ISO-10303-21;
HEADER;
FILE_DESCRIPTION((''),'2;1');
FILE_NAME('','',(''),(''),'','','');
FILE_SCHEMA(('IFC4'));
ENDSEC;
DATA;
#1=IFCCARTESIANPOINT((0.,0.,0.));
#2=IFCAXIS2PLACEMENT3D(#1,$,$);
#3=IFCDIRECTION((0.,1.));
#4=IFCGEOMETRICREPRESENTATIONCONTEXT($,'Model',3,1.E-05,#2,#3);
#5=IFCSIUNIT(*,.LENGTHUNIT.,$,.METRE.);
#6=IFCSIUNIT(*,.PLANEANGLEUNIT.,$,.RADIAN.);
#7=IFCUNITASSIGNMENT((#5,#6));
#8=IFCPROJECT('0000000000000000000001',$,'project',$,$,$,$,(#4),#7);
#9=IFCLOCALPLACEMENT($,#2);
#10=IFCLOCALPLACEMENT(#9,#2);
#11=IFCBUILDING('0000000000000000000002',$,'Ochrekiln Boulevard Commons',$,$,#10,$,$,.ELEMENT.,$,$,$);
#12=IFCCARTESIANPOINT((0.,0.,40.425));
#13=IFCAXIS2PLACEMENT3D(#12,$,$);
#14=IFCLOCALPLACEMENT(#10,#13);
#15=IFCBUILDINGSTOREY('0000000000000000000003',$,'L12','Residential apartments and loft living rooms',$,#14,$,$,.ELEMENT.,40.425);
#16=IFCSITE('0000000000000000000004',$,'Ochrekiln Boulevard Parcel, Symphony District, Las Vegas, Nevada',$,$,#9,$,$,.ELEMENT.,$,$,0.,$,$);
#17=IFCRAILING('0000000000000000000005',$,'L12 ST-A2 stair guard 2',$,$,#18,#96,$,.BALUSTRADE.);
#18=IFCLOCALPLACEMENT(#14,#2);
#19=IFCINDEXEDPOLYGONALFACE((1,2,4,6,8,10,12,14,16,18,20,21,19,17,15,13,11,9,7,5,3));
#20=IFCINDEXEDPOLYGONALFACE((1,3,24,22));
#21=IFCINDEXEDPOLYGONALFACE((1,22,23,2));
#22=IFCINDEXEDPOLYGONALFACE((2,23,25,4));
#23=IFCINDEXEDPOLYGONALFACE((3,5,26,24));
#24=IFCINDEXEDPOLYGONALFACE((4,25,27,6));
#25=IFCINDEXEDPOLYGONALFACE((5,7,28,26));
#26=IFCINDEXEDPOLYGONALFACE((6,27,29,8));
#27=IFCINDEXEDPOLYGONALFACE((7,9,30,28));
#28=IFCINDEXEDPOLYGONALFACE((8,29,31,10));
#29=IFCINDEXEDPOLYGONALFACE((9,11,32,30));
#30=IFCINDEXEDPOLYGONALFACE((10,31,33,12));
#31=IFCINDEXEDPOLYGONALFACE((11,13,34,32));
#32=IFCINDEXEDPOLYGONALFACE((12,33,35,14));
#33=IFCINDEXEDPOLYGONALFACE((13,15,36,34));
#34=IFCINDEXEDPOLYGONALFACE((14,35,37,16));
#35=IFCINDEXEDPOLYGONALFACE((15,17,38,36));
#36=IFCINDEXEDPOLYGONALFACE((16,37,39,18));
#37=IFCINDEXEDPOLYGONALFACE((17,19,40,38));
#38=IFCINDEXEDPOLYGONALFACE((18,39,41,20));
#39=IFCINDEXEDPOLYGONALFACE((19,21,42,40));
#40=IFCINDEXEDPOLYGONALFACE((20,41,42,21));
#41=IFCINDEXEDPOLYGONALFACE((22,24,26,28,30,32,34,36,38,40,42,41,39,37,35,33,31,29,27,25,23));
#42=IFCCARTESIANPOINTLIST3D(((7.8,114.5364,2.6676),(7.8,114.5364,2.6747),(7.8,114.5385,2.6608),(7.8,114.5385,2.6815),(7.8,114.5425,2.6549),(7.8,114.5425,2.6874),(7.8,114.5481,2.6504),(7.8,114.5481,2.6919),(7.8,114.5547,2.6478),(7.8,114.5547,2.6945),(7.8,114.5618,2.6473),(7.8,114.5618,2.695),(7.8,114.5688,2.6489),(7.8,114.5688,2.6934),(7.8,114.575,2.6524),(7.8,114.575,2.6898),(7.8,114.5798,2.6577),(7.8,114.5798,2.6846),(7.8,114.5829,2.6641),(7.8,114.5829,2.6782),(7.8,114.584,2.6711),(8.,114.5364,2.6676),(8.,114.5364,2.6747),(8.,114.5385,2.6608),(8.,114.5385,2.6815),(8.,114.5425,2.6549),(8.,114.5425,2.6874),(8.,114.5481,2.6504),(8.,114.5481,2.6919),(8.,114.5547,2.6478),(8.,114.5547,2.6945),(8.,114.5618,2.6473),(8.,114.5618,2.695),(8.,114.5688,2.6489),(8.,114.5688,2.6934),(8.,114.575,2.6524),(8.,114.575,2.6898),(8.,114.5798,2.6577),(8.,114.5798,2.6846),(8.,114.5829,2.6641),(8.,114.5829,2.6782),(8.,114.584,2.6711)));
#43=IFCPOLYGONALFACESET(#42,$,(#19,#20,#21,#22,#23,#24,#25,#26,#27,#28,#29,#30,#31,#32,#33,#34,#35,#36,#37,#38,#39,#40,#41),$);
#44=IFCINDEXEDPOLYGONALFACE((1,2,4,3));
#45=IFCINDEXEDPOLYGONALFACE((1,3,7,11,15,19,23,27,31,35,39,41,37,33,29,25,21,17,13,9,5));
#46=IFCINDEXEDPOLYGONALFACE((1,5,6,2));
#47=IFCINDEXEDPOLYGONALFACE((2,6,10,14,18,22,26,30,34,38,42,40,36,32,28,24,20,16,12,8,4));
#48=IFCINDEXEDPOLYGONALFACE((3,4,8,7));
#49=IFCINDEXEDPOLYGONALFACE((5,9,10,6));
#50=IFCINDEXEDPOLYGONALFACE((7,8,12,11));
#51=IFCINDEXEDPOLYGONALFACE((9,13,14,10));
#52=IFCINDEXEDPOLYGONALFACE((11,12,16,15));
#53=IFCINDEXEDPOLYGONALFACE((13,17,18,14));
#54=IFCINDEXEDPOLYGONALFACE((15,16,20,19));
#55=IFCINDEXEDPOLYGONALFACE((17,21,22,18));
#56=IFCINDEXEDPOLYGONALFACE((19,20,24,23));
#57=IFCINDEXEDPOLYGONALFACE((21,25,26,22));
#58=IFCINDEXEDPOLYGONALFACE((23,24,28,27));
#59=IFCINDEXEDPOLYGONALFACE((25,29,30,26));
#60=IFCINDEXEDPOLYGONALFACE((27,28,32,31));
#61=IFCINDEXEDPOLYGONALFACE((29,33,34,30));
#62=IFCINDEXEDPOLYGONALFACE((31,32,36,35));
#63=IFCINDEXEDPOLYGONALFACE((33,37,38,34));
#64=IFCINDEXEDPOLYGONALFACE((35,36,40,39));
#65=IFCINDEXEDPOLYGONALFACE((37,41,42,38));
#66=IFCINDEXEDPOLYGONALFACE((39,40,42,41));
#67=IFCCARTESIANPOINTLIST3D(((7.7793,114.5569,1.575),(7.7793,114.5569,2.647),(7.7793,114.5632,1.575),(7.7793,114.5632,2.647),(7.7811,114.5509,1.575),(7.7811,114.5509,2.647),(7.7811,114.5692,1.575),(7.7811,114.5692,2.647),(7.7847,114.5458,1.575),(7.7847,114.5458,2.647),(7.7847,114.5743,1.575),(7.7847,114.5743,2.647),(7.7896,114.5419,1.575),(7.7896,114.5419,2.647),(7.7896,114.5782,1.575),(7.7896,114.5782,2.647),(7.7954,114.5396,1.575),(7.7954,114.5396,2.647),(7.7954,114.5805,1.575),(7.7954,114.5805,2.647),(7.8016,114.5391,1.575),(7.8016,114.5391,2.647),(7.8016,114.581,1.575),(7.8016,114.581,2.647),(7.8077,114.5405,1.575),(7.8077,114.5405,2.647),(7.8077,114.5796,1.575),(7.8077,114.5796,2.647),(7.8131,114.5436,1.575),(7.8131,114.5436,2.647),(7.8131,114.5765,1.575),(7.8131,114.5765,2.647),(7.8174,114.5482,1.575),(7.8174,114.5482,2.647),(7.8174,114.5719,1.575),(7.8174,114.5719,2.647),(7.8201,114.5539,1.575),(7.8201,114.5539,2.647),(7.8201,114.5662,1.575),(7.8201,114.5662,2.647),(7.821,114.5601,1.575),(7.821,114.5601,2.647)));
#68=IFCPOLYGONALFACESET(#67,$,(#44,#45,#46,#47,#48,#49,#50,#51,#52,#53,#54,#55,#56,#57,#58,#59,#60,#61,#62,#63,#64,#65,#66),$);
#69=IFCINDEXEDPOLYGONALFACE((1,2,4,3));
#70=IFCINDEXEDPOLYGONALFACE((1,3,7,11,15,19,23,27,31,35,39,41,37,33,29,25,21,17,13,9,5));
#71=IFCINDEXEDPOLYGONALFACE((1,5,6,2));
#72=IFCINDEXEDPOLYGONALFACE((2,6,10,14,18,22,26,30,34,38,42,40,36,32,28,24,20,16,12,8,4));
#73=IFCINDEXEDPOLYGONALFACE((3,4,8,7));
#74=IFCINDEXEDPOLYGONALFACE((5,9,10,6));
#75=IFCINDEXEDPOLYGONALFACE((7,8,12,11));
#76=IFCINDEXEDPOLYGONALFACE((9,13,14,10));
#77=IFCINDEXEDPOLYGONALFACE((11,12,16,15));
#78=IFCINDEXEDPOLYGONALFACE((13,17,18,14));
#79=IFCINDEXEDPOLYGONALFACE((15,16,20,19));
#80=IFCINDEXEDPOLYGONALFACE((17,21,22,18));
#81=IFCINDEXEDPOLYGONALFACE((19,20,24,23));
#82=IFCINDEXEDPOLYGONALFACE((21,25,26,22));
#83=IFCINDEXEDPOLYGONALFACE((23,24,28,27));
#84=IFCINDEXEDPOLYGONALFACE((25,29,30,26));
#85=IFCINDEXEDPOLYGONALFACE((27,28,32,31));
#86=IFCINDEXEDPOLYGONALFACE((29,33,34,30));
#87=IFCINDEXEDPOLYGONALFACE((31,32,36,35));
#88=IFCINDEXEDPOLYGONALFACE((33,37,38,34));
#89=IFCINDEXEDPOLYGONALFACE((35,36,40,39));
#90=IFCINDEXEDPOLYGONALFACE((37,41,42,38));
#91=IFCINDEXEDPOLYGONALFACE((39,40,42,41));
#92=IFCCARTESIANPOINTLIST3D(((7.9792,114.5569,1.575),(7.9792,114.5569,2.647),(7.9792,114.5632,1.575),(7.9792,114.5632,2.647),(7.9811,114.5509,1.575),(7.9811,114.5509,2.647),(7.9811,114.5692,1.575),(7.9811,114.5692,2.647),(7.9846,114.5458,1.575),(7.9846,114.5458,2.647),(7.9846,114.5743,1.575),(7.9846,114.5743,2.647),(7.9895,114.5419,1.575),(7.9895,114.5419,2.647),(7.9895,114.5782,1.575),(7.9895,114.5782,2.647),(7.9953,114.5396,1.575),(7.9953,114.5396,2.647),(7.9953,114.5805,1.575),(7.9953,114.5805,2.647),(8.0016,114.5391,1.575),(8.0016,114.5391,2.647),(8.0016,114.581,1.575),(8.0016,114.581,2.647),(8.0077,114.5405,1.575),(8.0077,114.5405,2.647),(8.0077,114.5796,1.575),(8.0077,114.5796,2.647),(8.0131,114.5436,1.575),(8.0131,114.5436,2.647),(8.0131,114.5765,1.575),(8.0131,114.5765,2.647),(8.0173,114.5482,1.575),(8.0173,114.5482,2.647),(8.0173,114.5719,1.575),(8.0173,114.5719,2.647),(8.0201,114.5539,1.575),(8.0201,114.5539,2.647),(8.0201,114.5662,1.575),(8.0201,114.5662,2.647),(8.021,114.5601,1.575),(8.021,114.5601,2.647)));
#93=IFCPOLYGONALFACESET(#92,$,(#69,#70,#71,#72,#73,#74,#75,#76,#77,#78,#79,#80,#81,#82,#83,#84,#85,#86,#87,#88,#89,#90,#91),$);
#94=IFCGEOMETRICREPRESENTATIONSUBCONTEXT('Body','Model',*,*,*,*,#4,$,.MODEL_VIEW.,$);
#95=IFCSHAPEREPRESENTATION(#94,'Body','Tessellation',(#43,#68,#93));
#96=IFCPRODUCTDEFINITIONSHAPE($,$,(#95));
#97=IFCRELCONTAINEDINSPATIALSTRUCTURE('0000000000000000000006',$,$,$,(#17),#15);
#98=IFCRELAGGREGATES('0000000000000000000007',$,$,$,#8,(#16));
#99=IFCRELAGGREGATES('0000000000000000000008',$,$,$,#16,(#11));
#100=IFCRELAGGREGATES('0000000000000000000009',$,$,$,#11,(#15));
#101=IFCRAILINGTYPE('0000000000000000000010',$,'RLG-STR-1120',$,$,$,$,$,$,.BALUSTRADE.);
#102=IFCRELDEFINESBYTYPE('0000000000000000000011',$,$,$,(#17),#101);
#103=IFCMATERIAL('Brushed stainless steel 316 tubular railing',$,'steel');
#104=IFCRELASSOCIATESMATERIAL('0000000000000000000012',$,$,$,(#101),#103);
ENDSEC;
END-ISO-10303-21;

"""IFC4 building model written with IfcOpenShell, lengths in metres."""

from ifc_helpers import new_model, si_unit, direction, frame, origin, origin_2d, place, context, subcontext, project, spatial, circle, extrude, material, type_object, element, save


model = new_model("IFC4")

# Units and contexts
model_context = context("Model", 3, precision=1e-05, world=origin(), true_north=direction((0.0, 1.0)))
body_context = subcontext(model_context, "Body", "Model", "MODEL_VIEW")
ifc_project = project(units=[si_unit("LENGTHUNIT", "METRE"), si_unit("PLANEANGLEUNIT", "RADIAN")], contexts=[model_context])

# Site, building, storey
site_placement = place(None, origin())
site = spatial("IfcSite", under=ifc_project, at=site_placement, Name="Ochrekiln Boulevard Parcel, Symphony District, Las Vegas, Nevada", CompositionType="ELEMENT", RefElevation=0.0)
building_placement = place(site_placement, origin())
building = spatial("IfcBuilding", under=site, at=building_placement, Name="Ochrekiln Boulevard Commons", CompositionType="ELEMENT")
storey_placement = place(building_placement, frame((0.0, 0.0, 40.425)))
storey = spatial("IfcBuildingStorey", under=building, at=storey_placement, Name="L12", Description="Residential apartments and loft living rooms", CompositionType="ELEMENT", Elevation=40.425)

# Railing
ifc_material_1 = material(Name="Brushed stainless steel 316 tubular railing", Category="steel")
railing_type_1 = type_object("IfcRailingType", Name="RLG-STR-1120", PredefinedType="BALUSTRADE", material=ifc_material_1)
railing_1_placement = place(storey_placement, frame((7.8, 114.5601, 1.575)))
element("IfcRailing", 1, at=railing_1_placement, inside=storey, type_object=railing_type_1, Name="L12 ST-A2 stair guard 2", PredefinedType="BALUSTRADE", context=body_context, shape_type="SweptSolid", body=[
    extrude(circle(Radius=0.0239, at=origin_2d()), frame((0.0, 0.0, 1.0962), z_axis=(1.0, 0.0, 0.0), x_axis=(0.0, 1.0, 0.0)), (0.0, 0.0, 1.0), 0.2),
    extrude(circle(Radius=0.021, at=origin_2d()), origin(), (0.0, 0.0, 1.0), 1.072),
    extrude(circle(Radius=0.021, at=origin_2d()), frame((0.2, 0.0, 0.0)), (0.0, 0.0, 1.0), 1.072),
])

save(model, "model.ifc")
